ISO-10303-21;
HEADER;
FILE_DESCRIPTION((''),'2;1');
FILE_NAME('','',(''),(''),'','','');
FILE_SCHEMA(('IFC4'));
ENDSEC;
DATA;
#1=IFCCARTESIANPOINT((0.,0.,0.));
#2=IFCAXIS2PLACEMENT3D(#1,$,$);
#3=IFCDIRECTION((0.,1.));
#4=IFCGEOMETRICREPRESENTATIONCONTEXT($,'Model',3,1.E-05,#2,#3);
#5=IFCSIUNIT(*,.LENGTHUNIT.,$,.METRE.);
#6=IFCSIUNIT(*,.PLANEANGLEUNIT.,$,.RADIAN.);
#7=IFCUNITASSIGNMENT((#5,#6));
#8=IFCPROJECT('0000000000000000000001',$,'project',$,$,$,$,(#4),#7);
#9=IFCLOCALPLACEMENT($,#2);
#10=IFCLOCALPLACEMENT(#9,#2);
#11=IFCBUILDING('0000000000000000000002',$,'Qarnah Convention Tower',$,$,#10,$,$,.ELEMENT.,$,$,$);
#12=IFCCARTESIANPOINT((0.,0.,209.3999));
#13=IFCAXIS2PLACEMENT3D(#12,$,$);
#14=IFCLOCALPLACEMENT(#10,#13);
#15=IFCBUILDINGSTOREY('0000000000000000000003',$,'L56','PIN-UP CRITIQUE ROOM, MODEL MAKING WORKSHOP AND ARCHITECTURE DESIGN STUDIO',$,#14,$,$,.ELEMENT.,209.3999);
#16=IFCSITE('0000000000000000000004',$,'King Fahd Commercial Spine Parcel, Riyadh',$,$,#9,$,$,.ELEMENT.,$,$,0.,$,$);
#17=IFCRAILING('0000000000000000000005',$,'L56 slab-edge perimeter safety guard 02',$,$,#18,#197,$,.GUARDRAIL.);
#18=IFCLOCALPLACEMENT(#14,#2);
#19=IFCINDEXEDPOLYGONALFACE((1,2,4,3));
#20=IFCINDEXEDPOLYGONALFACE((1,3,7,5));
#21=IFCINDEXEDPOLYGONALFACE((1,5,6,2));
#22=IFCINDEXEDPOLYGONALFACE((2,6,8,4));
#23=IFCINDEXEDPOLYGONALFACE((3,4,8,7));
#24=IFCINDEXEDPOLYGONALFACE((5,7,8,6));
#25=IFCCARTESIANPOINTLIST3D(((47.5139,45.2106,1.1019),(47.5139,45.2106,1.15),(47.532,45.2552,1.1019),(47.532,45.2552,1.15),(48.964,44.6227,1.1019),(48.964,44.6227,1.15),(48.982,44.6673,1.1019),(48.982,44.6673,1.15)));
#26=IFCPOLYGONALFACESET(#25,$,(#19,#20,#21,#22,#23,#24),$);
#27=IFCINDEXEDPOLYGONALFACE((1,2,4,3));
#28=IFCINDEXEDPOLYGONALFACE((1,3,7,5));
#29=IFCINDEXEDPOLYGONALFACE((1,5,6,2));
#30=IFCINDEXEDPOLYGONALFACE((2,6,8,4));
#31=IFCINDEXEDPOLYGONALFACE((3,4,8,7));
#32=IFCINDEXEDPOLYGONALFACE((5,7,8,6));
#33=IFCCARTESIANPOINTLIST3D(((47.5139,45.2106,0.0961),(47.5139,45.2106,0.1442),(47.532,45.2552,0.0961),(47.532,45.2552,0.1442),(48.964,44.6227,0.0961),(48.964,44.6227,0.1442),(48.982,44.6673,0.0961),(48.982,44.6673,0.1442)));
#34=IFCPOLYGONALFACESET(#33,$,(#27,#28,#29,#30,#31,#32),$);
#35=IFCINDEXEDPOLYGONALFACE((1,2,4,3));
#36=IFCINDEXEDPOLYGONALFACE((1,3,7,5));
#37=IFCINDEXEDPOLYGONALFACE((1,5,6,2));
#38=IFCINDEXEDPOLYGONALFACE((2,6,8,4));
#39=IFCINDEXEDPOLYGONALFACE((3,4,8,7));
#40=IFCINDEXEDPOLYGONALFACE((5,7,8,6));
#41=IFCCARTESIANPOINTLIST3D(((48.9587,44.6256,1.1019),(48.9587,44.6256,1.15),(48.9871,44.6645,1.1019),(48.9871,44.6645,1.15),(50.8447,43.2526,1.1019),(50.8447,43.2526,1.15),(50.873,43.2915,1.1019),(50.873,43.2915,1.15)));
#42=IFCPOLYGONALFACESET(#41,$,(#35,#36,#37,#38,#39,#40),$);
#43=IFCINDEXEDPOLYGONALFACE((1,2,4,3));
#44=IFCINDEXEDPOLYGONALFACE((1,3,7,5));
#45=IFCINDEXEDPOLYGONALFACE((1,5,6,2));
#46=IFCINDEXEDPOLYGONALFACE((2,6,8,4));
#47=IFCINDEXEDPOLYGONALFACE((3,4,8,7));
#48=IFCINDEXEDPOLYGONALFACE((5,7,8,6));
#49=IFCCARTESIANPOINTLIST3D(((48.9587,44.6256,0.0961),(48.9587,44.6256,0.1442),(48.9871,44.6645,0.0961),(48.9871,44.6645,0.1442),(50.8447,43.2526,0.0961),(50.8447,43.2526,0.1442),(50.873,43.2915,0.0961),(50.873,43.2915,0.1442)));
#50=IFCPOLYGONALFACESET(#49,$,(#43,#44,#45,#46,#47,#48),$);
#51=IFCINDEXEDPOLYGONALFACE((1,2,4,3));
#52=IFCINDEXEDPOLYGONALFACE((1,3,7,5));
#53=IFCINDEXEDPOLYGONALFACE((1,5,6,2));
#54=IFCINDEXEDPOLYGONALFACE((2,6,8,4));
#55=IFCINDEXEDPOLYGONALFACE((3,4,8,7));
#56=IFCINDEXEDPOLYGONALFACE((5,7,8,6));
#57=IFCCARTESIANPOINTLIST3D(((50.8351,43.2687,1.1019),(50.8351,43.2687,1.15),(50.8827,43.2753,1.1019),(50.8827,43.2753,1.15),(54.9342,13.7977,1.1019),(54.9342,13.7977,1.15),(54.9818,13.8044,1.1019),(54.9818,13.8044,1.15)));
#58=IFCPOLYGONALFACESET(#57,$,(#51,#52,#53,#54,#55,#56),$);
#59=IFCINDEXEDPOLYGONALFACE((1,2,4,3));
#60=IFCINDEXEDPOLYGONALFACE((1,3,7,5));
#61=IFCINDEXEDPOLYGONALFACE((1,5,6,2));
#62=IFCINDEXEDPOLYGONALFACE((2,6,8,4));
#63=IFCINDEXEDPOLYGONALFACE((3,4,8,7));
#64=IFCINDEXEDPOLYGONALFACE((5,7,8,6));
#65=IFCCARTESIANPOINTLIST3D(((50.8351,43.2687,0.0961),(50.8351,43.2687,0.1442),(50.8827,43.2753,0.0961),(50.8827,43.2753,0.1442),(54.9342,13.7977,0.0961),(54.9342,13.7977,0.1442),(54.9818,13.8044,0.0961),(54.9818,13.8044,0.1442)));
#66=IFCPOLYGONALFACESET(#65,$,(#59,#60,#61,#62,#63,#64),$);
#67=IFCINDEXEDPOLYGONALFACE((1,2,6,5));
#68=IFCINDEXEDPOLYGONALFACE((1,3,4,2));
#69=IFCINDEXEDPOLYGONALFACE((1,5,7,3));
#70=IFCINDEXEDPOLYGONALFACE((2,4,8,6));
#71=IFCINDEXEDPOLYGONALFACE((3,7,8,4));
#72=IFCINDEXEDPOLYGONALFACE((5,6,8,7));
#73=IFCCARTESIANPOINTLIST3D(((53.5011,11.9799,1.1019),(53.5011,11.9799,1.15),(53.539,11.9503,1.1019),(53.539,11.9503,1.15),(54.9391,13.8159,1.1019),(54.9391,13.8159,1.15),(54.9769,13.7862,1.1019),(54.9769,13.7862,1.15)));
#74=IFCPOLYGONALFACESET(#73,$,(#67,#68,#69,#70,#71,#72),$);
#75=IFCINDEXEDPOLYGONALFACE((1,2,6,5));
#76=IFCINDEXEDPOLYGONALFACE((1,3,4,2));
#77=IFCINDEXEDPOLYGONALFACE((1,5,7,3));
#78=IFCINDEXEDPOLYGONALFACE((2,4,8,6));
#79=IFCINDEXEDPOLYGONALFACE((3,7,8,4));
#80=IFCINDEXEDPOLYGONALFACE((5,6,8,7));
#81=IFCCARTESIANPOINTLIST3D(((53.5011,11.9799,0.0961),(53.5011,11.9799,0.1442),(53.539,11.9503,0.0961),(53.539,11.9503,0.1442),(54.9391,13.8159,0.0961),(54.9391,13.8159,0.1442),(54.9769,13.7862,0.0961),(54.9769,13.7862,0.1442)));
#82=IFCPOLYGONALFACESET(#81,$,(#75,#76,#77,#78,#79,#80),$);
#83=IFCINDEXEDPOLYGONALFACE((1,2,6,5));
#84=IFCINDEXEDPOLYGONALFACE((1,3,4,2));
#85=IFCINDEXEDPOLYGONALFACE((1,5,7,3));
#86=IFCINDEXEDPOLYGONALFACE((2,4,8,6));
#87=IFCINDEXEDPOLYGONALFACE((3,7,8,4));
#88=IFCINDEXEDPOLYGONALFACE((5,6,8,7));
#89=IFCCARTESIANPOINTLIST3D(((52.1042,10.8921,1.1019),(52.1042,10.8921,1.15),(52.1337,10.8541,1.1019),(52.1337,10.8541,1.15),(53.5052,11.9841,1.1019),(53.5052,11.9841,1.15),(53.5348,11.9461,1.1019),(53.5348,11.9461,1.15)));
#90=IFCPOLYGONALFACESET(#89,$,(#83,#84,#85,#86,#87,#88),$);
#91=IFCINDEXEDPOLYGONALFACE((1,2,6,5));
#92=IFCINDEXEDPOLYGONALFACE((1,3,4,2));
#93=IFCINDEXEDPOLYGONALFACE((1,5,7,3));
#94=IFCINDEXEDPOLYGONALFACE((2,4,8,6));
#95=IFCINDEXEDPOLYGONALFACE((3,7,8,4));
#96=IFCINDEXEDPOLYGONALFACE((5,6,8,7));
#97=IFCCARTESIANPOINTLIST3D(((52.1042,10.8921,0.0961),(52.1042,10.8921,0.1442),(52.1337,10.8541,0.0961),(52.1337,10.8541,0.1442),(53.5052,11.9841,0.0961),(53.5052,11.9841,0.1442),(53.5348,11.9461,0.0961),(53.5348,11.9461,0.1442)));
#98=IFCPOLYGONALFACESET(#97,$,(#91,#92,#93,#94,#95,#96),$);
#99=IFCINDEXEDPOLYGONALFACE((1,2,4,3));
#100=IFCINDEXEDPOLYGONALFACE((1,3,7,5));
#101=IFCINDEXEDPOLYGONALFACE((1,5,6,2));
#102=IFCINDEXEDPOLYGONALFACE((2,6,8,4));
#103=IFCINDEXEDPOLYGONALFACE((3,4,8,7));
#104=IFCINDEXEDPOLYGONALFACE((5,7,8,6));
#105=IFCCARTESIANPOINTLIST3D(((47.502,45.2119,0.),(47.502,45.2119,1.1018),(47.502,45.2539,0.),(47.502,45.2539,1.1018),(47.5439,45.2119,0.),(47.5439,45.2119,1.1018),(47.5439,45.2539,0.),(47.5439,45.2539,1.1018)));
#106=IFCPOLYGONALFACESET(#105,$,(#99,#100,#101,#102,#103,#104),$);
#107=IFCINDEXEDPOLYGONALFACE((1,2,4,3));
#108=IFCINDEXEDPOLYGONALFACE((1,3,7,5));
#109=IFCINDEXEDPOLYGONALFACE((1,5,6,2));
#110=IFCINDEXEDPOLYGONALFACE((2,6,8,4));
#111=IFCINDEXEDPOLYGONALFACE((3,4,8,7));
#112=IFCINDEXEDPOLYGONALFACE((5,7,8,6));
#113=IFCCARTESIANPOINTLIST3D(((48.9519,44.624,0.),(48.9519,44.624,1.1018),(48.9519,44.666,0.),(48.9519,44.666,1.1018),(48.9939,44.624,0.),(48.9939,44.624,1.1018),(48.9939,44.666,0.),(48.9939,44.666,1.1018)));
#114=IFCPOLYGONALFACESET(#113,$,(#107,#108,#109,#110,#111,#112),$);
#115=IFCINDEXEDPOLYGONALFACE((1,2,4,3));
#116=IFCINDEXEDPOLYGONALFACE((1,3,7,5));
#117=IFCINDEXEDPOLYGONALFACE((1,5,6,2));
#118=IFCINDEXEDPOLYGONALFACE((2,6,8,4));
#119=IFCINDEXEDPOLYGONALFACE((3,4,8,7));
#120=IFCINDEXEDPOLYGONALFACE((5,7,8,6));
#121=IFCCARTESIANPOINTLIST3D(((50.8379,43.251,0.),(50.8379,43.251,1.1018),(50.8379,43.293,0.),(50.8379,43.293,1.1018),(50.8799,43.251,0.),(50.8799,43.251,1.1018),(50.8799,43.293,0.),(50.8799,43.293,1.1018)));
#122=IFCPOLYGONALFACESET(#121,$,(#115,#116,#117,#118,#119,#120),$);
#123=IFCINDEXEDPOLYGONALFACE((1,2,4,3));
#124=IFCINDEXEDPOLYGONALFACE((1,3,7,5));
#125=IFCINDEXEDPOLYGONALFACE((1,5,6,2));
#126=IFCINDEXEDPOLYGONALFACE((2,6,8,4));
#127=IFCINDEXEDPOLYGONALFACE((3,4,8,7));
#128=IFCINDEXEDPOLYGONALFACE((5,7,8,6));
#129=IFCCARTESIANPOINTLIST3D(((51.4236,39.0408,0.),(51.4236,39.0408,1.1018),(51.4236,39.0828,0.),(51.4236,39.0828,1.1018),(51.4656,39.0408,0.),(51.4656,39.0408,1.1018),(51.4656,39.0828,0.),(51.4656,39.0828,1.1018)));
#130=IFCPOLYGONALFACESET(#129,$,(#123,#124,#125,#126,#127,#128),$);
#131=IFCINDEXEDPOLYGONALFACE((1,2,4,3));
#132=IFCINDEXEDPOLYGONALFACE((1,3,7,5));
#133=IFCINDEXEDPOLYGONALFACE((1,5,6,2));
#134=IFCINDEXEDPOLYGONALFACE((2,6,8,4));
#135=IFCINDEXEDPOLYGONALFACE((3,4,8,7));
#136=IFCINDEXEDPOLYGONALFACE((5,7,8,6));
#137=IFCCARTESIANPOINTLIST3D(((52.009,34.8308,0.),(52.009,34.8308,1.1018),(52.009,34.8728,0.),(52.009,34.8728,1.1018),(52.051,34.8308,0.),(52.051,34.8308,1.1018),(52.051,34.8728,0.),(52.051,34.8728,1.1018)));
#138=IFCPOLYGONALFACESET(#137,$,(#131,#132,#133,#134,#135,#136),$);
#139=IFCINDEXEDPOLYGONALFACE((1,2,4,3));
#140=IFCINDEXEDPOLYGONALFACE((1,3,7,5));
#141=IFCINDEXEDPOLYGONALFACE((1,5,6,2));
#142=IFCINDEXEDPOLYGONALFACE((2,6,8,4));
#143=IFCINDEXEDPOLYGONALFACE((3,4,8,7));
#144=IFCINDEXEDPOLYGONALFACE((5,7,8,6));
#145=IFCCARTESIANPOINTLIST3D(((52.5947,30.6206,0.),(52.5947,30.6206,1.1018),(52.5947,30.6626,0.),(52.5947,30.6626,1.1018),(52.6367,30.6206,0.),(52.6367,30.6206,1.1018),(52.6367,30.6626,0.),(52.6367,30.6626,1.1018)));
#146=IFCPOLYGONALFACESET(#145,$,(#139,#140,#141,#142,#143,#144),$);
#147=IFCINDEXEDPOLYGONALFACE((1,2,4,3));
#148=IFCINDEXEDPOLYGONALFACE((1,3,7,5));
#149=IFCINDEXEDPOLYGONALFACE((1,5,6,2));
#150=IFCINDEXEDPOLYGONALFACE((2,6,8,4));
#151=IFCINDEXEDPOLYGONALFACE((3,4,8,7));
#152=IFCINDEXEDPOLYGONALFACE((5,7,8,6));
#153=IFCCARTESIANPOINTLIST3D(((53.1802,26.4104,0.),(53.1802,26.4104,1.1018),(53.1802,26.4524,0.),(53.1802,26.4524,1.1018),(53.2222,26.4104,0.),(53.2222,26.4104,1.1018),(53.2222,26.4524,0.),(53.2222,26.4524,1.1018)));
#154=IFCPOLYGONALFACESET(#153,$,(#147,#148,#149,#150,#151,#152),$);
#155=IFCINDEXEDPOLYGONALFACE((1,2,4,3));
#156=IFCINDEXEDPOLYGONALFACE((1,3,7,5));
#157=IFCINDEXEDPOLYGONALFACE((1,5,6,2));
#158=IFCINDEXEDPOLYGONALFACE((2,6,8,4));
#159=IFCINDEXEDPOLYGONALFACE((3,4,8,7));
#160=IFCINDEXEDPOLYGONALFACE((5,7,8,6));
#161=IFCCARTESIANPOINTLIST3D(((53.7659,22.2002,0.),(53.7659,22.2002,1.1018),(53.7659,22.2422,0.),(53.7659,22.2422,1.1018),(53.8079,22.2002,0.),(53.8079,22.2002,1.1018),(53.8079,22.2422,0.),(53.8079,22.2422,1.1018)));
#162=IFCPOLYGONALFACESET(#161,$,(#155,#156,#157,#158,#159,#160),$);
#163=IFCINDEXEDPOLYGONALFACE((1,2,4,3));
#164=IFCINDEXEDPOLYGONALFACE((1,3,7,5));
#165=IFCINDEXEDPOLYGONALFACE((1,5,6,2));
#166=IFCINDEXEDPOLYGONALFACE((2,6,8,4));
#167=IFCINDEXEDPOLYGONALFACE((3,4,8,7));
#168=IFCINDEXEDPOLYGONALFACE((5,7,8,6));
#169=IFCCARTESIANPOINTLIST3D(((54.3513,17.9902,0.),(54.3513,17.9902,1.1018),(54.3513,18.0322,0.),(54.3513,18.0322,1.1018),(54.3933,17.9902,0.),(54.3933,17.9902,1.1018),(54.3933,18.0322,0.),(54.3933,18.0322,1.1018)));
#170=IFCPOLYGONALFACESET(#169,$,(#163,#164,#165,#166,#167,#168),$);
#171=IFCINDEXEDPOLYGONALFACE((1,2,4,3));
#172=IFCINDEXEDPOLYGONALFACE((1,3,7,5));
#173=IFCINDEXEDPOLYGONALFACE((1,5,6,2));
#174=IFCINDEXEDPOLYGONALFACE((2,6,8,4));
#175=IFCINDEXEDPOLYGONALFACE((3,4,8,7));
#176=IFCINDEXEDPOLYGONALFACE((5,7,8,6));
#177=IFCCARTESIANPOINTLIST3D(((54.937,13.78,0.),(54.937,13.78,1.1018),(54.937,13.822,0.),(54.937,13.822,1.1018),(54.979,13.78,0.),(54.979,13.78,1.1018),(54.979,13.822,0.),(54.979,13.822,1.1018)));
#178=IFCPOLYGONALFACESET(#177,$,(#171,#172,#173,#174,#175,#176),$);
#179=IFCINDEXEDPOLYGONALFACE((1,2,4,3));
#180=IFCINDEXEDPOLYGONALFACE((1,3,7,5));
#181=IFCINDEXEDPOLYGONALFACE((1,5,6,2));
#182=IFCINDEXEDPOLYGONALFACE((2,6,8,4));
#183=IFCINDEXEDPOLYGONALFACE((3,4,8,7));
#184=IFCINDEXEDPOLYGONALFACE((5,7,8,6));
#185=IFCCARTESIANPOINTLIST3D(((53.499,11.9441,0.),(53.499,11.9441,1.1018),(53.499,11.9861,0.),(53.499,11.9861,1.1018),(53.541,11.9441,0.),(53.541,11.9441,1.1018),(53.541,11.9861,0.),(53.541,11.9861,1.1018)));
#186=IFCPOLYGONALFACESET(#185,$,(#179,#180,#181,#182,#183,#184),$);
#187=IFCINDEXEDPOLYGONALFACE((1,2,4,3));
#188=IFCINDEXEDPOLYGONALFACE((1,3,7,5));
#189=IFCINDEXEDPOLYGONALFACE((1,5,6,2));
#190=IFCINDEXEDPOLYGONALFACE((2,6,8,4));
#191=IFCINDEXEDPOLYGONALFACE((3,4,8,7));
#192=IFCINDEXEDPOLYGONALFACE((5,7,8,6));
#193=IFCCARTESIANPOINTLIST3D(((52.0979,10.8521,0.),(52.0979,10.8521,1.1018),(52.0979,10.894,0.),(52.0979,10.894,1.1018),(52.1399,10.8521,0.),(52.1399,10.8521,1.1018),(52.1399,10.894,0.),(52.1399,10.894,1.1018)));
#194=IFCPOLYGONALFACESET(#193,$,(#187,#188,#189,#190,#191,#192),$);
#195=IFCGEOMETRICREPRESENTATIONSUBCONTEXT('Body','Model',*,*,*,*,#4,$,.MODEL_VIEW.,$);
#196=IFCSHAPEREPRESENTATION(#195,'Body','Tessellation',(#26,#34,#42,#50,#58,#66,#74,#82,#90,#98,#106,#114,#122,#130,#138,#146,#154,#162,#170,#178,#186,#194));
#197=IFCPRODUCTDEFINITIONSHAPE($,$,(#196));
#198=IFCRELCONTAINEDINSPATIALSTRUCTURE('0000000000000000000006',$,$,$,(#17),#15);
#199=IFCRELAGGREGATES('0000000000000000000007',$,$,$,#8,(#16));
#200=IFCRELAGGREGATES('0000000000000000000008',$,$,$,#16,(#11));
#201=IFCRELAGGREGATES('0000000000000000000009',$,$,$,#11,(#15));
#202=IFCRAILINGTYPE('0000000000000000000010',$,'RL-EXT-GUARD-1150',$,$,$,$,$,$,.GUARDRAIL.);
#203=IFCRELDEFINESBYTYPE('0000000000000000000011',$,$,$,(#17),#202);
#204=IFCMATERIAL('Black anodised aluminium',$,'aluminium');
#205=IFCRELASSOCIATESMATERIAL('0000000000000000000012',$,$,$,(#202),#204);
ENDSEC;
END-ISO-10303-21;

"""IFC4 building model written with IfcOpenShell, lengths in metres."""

from ifc_helpers import new_model, si_unit, direction, frame, origin, origin_2d, place, context, subcontext, project, spatial, rectangle, extrude, material, type_object, element, save


model = new_model("IFC4")

# Units and contexts
model_context = context("Model", 3, precision=1e-05, world=origin(), true_north=direction((0.0, 1.0)))
body_context = subcontext(model_context, "Body", "Model", "MODEL_VIEW")
ifc_project = project(units=[si_unit("LENGTHUNIT", "METRE"), si_unit("PLANEANGLEUNIT", "RADIAN")], contexts=[model_context])

# Site, building, storey
site_placement = place(None, origin())
site = spatial("IfcSite", under=ifc_project, at=site_placement, Name="King Fahd Commercial Spine Parcel, Riyadh", CompositionType="ELEMENT", RefElevation=0.0)
building_placement = place(site_placement, origin())
building = spatial("IfcBuilding", under=site, at=building_placement, Name="Qarnah Convention Tower", CompositionType="ELEMENT")
storey_placement = place(building_placement, frame((0.0, 0.0, 209.3999)))
storey = spatial("IfcBuildingStorey", under=building, at=storey_placement, Name="L56", Description="PIN-UP CRITIQUE ROOM, MODEL MAKING WORKSHOP AND ARCHITECTURE DESIGN STUDIO", CompositionType="ELEMENT", Elevation=209.3999)

# Shared definitions
ifc_material_1 = material(Name="Black anodised aluminium", Category="aluminium")

# Railing
railing_type = type_object("IfcRailingType", Name="RL-EXT-GUARD-1150", PredefinedType="GUARDRAIL", material=ifc_material_1)
railing_1_placement = place(storey_placement, frame((47.5229, 45.2329, 0.0)))
element("IfcRailing", 1, at=railing_1_placement, inside=storey, type_object=railing_type, Name="L56 slab-edge perimeter safety guard 02", PredefinedType="GUARDRAIL", context=body_context, shape_type="SweptSolid", body=[
    extrude(rectangle(XDim=0.0481, YDim=0.0481, at=origin_2d()), frame((0.0, 0.0, 1.126), z_axis=(0.926723, -0.375745, 0.0), x_axis=(0.375745, 0.926723, 0.0)), (0.0, 0.0, 1.0), 1.5647),
    extrude(rectangle(XDim=0.0481, YDim=0.0481, at=origin_2d()), frame((0.0, 0.0, 0.1201), z_axis=(0.926723, -0.375745, 0.0), x_axis=(0.375745, 0.926723, 0.0)), (0.0, 0.0, 1.0), 1.5647),
    extrude(rectangle(XDim=0.0481, YDim=0.0481, at=origin_2d()), frame((1.45, -0.5879, 1.126), z_axis=(0.808446, -0.58857, 0.0), x_axis=(0.58857, 0.808446, 0.0)), (0.0, 0.0, 1.0), 2.3328),
    extrude(rectangle(XDim=0.0481, YDim=0.0481, at=origin_2d()), frame((1.45, -0.5879, 0.1201), z_axis=(0.808446, -0.58857, 0.0), x_axis=(0.58857, 0.808446, 0.0)), (0.0, 0.0, 1.0), 2.3328),
    extrude(rectangle(XDim=0.0481, YDim=0.0481, at=origin_2d()), frame((3.3359, -1.9609, 1.126), z_axis=(0.137764, -0.990465, 0.0), x_axis=(0.990465, 0.137764, 0.0)), (0.0, 0.0, 1.0), 29.7546),
    extrude(rectangle(XDim=0.0481, YDim=0.0481, at=origin_2d()), frame((3.3359, -1.9609, 0.1201), z_axis=(0.137764, -0.990465, 0.0), x_axis=(0.990465, 0.137764, 0.0)), (0.0, 0.0, 1.0), 29.7546),
    extrude(rectangle(XDim=0.0481, YDim=0.0481, at=origin_2d()), frame((7.4351, -31.4319, 1.126), z_axis=(-0.616619, -0.787262, 0.0), x_axis=(0.787262, -0.616619, 0.0)), (0.0, 0.0, 1.0), 2.332),
    extrude(rectangle(XDim=0.0481, YDim=0.0481, at=origin_2d()), frame((7.4351, -31.4319, 0.1201), z_axis=(-0.616619, -0.787262, 0.0), x_axis=(0.787262, -0.616619, 0.0)), (0.0, 0.0, 1.0), 2.332),
    extrude(rectangle(XDim=0.0481, YDim=0.0481, at=origin_2d()), frame((5.9971, -33.2678, 1.126), z_axis=(-0.78873, -0.61474, 0.0), x_axis=(0.61474, -0.78873, 0.0)), (0.0, 0.0, 1.0), 1.7764),
    extrude(rectangle(XDim=0.0481, YDim=0.0481, at=origin_2d()), frame((5.9971, -33.2678, 0.1201), z_axis=(-0.78873, -0.61474, 0.0), x_axis=(0.61474, -0.78873, 0.0)), (0.0, 0.0, 1.0), 1.7764),
    extrude(rectangle(XDim=0.042, YDim=0.042, at=origin_2d()), origin(), (0.0, 0.0, 1.0), 1.1018),
    extrude(rectangle(XDim=0.042, YDim=0.042, at=origin_2d()), frame((1.45, -0.5879, 0.0)), (0.0, 0.0, 1.0), 1.1018),
    extrude(rectangle(XDim=0.042, YDim=0.042, at=origin_2d()), frame((3.3359, -1.9609, 0.0)), (0.0, 0.0, 1.0), 1.1018),
    extrude(rectangle(XDim=0.042, YDim=0.042, at=origin_2d()), frame((3.9216, -6.1711, 0.0)), (0.0, 0.0, 1.0), 1.1018),
    extrude(rectangle(XDim=0.042, YDim=0.042, at=origin_2d()), frame((4.5071, -10.3811, 0.0)), (0.0, 0.0, 1.0), 1.1018),
    extrude(rectangle(XDim=0.042, YDim=0.042, at=origin_2d()), frame((5.0928, -14.5913, 0.0)), (0.0, 0.0, 1.0), 1.1018),
    extrude(rectangle(XDim=0.042, YDim=0.042, at=origin_2d()), frame((5.6782, -18.8015, 0.0)), (0.0, 0.0, 1.0), 1.1018),
    extrude(rectangle(XDim=0.042, YDim=0.042, at=origin_2d()), frame((6.2639, -23.0117, 0.0)), (0.0, 0.0, 1.0), 1.1018),
    extrude(rectangle(XDim=0.042, YDim=0.042, at=origin_2d()), frame((6.8494, -27.2217, 0.0)), (0.0, 0.0, 1.0), 1.1018),
    extrude(rectangle(XDim=0.042, YDim=0.042, at=origin_2d()), frame((7.4351, -31.4319, 0.0)), (0.0, 0.0, 1.0), 1.1018),
    extrude(rectangle(XDim=0.042, YDim=0.042, at=origin_2d()), frame((5.9971, -33.2678, 0.0)), (0.0, 0.0, 1.0), 1.1018),
    extrude(rectangle(XDim=0.042, YDim=0.042, at=origin_2d()), frame((4.5959, -34.3599, 0.0)), (0.0, 0.0, 1.0), 1.1018),
])

save(model, "model.ifc")
